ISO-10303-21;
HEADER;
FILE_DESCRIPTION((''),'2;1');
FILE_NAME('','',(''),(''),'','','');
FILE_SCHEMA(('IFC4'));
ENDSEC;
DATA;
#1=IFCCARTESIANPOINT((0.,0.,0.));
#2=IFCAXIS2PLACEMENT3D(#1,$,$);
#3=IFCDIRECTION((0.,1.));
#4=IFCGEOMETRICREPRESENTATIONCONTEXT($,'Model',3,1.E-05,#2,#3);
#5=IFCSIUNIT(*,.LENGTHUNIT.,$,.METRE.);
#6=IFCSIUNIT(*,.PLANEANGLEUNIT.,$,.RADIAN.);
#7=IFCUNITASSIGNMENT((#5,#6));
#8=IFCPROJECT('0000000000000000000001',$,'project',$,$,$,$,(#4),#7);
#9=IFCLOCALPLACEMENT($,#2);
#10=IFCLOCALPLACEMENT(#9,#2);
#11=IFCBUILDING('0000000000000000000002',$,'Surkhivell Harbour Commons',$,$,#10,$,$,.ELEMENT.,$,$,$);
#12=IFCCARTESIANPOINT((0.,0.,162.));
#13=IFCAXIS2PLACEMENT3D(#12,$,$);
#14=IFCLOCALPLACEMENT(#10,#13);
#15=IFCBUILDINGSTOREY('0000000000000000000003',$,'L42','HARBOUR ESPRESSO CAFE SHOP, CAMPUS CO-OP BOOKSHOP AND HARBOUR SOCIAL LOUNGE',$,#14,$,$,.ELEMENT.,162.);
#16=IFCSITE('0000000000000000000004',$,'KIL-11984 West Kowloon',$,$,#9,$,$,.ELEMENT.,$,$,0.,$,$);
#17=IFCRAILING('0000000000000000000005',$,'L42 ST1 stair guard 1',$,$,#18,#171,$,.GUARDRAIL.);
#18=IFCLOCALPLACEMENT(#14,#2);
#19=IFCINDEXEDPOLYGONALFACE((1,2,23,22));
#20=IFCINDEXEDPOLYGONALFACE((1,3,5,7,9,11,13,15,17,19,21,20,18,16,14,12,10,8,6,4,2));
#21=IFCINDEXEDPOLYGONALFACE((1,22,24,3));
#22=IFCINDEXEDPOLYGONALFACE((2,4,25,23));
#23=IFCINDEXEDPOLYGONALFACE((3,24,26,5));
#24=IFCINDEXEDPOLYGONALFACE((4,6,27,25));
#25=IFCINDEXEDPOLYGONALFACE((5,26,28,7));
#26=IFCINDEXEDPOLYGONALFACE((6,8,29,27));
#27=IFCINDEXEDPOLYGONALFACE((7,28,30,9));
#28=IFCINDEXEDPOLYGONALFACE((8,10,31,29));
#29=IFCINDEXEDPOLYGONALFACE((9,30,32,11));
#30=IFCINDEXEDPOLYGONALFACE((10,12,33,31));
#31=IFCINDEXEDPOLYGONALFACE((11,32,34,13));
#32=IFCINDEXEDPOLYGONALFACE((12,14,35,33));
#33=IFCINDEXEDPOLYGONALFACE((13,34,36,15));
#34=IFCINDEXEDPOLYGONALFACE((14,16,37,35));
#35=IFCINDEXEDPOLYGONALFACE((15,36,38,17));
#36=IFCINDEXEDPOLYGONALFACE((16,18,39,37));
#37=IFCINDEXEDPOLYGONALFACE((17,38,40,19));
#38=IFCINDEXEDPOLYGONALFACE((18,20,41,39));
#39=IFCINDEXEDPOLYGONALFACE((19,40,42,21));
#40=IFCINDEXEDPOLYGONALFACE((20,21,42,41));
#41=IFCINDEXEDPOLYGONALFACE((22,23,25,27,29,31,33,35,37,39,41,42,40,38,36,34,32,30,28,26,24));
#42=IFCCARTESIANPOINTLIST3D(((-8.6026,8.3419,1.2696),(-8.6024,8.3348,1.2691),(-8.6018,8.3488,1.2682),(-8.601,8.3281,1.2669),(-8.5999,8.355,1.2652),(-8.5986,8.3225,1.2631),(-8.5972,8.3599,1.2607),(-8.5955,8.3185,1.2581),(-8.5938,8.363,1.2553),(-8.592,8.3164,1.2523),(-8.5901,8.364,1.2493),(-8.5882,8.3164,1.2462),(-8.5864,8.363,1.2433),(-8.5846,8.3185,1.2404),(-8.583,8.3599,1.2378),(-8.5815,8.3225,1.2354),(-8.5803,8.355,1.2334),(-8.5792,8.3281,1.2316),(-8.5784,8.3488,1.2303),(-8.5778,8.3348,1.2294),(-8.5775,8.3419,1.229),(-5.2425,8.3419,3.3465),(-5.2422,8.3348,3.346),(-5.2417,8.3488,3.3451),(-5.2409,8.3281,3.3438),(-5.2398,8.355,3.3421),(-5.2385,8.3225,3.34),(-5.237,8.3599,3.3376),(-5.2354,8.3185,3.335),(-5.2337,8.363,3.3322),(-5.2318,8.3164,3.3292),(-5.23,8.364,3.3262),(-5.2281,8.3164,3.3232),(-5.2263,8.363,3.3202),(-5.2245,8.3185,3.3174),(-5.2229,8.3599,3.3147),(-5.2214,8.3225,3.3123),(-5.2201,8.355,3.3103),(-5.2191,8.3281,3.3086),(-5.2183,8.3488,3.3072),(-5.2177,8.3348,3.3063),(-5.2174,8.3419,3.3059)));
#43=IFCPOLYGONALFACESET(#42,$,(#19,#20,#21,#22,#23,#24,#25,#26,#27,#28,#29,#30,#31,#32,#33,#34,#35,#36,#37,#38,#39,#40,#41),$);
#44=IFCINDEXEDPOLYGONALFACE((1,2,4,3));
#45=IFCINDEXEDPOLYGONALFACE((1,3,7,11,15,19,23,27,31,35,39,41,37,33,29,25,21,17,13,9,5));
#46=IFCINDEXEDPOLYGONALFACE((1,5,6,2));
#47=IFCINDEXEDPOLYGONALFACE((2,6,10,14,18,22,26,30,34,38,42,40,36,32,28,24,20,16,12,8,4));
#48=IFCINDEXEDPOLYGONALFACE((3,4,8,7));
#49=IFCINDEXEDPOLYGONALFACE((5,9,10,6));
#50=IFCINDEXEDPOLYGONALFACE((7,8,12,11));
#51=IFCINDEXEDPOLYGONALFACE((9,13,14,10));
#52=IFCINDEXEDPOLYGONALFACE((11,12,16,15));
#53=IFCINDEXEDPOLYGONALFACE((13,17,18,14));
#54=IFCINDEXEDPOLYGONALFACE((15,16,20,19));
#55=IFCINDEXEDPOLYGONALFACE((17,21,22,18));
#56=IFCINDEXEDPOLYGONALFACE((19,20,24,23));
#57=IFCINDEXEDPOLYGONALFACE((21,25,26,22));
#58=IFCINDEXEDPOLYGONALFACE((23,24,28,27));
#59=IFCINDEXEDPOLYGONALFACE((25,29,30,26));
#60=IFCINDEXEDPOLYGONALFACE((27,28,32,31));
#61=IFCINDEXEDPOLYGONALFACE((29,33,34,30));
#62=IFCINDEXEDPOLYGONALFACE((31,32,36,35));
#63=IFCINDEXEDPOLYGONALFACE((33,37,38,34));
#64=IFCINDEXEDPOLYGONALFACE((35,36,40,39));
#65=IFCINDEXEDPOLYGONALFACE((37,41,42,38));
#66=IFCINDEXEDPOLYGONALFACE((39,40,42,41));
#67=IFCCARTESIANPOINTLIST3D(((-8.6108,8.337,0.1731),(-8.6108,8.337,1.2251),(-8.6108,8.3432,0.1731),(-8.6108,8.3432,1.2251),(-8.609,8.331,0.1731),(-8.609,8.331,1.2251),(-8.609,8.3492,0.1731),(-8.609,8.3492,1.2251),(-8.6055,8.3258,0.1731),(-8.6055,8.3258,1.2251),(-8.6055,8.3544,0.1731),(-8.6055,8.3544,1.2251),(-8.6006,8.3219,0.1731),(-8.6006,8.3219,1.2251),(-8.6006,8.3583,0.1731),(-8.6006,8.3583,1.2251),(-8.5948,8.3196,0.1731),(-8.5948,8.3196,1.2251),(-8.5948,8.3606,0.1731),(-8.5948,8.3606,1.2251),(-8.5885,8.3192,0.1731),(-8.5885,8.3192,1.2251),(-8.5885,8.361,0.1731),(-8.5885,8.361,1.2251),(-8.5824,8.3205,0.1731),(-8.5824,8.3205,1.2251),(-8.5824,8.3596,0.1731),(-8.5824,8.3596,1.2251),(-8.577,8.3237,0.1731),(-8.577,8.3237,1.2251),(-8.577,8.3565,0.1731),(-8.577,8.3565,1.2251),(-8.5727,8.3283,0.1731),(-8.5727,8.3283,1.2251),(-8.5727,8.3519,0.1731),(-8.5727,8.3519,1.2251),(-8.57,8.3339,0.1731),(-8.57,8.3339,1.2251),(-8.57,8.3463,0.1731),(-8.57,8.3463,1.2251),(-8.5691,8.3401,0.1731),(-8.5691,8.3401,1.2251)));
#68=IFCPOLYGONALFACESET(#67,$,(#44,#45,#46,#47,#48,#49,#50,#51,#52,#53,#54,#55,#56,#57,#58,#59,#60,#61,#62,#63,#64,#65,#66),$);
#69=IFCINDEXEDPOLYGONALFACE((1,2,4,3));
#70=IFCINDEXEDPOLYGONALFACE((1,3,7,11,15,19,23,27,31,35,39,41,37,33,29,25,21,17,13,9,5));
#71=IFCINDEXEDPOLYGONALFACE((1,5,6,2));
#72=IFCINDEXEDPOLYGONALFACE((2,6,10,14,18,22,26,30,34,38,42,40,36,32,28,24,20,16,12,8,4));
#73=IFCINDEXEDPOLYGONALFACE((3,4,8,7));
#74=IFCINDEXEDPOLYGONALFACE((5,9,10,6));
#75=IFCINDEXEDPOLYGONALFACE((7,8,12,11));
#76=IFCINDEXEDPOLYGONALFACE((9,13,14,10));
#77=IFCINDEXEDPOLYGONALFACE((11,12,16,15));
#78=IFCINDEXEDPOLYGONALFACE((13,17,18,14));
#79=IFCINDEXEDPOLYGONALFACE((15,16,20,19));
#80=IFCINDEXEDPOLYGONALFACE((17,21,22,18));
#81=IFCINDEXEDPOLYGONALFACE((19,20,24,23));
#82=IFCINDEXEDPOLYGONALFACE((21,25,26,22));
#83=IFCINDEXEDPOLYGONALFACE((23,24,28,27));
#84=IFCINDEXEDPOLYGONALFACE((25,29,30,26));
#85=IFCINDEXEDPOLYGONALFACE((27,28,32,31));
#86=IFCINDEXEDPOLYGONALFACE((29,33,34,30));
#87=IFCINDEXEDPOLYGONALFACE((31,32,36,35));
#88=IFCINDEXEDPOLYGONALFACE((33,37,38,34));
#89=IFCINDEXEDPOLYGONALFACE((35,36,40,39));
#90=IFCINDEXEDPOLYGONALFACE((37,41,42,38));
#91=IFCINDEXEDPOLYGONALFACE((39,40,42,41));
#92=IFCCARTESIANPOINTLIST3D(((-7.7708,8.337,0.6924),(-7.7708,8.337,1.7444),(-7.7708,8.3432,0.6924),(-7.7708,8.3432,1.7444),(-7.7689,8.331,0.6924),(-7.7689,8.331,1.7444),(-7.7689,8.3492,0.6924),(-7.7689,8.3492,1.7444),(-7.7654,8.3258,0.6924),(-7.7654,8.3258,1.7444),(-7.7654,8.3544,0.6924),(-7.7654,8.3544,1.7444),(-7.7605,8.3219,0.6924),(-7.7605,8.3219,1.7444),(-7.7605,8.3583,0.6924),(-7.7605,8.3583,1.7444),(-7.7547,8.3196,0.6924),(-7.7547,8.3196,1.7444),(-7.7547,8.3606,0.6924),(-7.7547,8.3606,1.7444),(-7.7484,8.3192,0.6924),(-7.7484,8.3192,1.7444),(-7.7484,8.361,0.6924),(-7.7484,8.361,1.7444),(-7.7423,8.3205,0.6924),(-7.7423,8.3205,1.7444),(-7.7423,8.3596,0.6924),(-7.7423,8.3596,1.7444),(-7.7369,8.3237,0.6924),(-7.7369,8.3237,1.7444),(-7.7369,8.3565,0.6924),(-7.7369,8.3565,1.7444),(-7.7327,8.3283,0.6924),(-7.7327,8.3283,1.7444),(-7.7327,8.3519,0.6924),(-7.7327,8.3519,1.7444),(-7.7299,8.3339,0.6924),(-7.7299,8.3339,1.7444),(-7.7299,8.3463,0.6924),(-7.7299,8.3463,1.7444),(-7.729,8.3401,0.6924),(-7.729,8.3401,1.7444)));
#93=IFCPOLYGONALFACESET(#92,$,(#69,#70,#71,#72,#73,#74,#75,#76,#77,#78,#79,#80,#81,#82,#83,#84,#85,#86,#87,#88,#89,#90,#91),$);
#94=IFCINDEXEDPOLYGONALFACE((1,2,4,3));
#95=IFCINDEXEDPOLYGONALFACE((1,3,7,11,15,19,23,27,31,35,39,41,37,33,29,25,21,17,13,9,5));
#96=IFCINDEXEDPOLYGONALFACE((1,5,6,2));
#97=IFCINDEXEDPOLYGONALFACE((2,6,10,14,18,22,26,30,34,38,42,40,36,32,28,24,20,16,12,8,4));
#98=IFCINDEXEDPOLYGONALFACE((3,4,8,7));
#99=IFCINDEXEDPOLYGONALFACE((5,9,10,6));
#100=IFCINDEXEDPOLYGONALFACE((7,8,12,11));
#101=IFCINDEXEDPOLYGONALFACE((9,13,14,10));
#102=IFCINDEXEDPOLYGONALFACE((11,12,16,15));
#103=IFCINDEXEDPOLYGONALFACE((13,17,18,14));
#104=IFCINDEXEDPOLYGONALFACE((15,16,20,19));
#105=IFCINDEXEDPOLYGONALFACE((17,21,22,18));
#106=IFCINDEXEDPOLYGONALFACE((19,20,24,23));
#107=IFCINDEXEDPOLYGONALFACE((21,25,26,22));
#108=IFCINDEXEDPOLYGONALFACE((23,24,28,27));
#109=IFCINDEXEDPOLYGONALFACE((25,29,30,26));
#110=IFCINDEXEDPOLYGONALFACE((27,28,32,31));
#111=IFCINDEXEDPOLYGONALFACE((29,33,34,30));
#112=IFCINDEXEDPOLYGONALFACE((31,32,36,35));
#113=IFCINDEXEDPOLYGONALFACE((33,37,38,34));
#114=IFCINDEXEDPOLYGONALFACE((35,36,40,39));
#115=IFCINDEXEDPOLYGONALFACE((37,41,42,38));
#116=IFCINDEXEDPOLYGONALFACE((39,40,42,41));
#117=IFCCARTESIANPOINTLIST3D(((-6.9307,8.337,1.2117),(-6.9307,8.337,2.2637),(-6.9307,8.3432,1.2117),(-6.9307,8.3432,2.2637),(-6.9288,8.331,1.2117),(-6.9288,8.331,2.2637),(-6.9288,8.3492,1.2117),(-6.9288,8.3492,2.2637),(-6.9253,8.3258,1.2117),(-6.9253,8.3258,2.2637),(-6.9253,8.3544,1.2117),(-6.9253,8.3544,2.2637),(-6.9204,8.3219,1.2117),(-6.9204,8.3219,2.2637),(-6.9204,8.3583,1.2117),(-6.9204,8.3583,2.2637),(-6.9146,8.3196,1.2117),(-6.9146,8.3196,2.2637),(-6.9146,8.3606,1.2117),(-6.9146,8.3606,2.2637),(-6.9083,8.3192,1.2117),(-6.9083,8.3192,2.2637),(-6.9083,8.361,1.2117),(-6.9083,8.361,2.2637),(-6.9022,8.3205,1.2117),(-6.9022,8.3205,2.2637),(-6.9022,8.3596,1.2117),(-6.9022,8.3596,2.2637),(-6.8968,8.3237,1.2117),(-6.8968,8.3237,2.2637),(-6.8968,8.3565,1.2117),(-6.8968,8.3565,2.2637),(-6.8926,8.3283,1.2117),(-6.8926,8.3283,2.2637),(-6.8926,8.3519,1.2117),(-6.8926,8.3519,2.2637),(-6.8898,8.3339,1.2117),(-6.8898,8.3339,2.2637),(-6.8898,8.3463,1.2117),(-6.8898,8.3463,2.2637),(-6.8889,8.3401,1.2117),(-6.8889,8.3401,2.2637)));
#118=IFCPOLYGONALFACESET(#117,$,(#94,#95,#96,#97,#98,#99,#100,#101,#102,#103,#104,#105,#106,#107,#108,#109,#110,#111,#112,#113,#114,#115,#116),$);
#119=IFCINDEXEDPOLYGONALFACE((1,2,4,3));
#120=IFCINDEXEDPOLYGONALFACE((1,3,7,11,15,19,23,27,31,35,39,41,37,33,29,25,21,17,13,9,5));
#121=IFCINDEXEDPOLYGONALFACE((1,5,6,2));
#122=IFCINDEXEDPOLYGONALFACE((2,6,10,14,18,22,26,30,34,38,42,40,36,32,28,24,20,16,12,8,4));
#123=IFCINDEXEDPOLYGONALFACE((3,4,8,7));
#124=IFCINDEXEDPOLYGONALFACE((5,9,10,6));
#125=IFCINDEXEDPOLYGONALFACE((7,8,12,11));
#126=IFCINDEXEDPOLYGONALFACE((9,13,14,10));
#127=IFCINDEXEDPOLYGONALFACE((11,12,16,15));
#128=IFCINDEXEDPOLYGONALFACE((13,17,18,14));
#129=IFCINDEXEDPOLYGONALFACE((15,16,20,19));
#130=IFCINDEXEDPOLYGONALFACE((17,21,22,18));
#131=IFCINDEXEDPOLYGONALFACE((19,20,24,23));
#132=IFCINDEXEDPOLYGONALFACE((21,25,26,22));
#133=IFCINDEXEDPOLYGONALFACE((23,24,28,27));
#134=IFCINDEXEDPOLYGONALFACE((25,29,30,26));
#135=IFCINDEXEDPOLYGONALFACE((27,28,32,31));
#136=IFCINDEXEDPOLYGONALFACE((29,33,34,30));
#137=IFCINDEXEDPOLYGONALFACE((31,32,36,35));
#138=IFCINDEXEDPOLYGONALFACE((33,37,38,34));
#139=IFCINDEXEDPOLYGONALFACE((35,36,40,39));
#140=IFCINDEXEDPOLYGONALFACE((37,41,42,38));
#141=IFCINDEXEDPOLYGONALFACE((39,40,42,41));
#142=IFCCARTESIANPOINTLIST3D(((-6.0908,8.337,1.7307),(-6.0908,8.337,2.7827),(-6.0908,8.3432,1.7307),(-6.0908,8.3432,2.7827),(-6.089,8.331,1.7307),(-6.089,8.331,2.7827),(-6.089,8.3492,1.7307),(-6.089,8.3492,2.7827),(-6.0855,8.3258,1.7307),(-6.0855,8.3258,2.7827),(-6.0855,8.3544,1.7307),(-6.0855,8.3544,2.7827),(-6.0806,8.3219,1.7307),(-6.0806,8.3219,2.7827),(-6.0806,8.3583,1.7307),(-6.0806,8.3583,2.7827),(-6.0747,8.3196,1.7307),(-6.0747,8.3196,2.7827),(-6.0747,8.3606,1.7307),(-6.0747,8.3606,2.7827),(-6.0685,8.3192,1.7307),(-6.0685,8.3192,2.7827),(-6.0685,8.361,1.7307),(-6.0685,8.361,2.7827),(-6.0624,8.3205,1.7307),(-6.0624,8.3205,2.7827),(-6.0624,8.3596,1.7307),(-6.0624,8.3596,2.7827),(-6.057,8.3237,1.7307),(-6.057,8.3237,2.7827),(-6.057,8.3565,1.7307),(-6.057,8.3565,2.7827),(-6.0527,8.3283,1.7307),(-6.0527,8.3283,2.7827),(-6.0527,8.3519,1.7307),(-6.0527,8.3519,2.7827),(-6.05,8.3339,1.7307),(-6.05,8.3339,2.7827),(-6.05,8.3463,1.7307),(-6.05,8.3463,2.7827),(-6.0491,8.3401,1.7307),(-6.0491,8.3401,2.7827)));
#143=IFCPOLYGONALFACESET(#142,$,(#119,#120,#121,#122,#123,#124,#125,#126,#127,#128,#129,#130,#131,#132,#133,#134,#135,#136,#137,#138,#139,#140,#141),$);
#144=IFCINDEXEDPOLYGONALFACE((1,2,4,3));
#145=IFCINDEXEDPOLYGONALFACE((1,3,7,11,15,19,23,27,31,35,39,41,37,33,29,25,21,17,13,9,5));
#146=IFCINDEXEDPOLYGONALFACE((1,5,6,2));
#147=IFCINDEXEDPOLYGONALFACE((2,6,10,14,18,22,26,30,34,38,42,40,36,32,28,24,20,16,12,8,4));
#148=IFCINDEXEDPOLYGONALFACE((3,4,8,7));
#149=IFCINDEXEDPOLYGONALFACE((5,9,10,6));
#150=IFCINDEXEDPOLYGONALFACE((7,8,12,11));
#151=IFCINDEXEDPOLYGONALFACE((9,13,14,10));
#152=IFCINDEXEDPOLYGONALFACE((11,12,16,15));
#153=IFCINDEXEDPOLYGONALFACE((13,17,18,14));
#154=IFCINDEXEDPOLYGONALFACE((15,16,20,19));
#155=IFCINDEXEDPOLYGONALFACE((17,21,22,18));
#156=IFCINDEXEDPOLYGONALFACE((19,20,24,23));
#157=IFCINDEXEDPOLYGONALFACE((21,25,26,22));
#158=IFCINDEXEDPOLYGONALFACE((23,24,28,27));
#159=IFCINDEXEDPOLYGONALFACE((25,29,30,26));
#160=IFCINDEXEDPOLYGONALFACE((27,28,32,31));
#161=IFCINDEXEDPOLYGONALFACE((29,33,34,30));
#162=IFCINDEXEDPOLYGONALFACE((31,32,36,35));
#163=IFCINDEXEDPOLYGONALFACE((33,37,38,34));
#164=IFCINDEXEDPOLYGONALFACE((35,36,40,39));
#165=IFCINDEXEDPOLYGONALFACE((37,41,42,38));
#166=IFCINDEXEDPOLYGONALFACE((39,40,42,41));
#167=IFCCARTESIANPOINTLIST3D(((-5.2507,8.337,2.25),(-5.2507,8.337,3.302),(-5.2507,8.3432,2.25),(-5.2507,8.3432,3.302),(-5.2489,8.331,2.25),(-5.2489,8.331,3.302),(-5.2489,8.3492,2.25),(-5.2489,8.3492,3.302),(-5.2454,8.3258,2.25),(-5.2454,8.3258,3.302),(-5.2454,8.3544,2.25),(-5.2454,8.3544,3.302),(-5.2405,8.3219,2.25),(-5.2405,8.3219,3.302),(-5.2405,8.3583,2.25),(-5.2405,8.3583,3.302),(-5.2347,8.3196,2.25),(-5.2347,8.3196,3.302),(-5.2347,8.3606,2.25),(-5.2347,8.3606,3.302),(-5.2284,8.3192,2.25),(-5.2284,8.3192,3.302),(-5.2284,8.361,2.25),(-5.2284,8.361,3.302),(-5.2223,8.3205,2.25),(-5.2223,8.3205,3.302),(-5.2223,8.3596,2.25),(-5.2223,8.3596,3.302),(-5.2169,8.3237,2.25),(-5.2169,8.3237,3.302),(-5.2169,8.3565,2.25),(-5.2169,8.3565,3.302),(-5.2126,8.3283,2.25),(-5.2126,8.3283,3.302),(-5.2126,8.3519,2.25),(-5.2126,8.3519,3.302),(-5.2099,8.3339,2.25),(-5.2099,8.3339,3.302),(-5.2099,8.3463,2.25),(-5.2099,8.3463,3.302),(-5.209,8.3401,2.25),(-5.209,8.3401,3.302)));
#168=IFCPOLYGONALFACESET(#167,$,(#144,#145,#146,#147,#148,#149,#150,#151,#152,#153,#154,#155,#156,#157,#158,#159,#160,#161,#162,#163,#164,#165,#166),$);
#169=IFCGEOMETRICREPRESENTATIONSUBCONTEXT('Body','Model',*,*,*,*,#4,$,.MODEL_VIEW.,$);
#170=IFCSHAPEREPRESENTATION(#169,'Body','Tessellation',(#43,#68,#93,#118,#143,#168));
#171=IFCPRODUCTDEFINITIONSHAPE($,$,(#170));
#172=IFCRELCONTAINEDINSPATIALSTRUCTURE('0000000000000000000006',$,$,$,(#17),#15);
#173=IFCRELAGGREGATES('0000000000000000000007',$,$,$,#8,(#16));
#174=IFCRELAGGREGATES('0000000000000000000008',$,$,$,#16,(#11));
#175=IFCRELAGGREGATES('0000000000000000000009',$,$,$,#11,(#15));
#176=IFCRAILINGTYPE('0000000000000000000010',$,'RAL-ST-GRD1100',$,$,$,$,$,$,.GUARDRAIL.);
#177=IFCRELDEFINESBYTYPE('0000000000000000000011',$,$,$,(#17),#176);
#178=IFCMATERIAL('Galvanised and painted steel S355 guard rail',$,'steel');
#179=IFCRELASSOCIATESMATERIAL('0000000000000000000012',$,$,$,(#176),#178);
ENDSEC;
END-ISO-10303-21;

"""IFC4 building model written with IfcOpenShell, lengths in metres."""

from ifc_helpers import new_model, si_unit, direction, frame, origin, origin_2d, place, context, subcontext, project, spatial, circle, extrude, material, type_object, element, save


model = new_model("IFC4")

# Units and contexts
model_context = context("Model", 3, precision=1e-05, world=origin(), true_north=direction((0.0, 1.0)))
body_context = subcontext(model_context, "Body", "Model", "MODEL_VIEW")
ifc_project = project(units=[si_unit("LENGTHUNIT", "METRE"), si_unit("PLANEANGLEUNIT", "RADIAN")], contexts=[model_context])

# Site, building, storey
site_placement = place(None, origin())
site = spatial("IfcSite", under=ifc_project, at=site_placement, Name="KIL-11984 West Kowloon", CompositionType="ELEMENT", RefElevation=0.0)
building_placement = place(site_placement, origin())
building = spatial("IfcBuilding", under=site, at=building_placement, Name="Surkhivell Harbour Commons", CompositionType="ELEMENT")
storey_placement = place(building_placement, frame((0.0, 0.0, 162.0)))
storey = spatial("IfcBuildingStorey", under=building, at=storey_placement, Name="L42", Description="HARBOUR ESPRESSO CAFE SHOP, CAMPUS CO-OP BOOKSHOP AND HARBOUR SOCIAL LOUNGE", CompositionType="ELEMENT", Elevation=162.0)

# Railing
ifc_material_1 = material(Name="Galvanised and painted steel S355 guard rail", Category="steel")
railing_type_1 = type_object("IfcRailingType", Name="RAL-ST-GRD1100", PredefinedType="GUARDRAIL", material=ifc_material_1)
railing_1_placement = place(storey_placement, frame((-8.5901, 8.3401, 0.1731)))
element("IfcRailing", 1, at=railing_1_placement, inside=storey, type_object=railing_type_1, Name="L42 ST1 stair guard 1", PredefinedType="GUARDRAIL", context=body_context, shape_type="SweptSolid", body=[
    extrude(circle(Radius=0.0239, at=origin_2d()), frame((0.0, 0.0, 1.0762), z_axis=(0.850623, 0.0, 0.525776), x_axis=(0.0, 1.0, 0.0)), (0.0, 0.0, 1.0), 3.9502),
    extrude(circle(Radius=0.021, at=origin_2d()), origin(), (0.0, 0.0, 1.0), 1.052),
    extrude(circle(Radius=0.021, at=origin_2d()), frame((0.8401, 0.0, 0.5193)), (0.0, 0.0, 1.0), 1.052),
    extrude(circle(Radius=0.021, at=origin_2d()), frame((1.6802, 0.0, 1.0386)), (0.0, 0.0, 1.0), 1.052),
    extrude(circle(Radius=0.021, at=origin_2d()), frame((2.52, 0.0, 1.5576)), (0.0, 0.0, 1.0), 1.052),
    extrude(circle(Radius=0.021, at=origin_2d()), frame((3.3601, 0.0, 2.0769)), (0.0, 0.0, 1.0), 1.052),
])

save(model, "model.ifc")
